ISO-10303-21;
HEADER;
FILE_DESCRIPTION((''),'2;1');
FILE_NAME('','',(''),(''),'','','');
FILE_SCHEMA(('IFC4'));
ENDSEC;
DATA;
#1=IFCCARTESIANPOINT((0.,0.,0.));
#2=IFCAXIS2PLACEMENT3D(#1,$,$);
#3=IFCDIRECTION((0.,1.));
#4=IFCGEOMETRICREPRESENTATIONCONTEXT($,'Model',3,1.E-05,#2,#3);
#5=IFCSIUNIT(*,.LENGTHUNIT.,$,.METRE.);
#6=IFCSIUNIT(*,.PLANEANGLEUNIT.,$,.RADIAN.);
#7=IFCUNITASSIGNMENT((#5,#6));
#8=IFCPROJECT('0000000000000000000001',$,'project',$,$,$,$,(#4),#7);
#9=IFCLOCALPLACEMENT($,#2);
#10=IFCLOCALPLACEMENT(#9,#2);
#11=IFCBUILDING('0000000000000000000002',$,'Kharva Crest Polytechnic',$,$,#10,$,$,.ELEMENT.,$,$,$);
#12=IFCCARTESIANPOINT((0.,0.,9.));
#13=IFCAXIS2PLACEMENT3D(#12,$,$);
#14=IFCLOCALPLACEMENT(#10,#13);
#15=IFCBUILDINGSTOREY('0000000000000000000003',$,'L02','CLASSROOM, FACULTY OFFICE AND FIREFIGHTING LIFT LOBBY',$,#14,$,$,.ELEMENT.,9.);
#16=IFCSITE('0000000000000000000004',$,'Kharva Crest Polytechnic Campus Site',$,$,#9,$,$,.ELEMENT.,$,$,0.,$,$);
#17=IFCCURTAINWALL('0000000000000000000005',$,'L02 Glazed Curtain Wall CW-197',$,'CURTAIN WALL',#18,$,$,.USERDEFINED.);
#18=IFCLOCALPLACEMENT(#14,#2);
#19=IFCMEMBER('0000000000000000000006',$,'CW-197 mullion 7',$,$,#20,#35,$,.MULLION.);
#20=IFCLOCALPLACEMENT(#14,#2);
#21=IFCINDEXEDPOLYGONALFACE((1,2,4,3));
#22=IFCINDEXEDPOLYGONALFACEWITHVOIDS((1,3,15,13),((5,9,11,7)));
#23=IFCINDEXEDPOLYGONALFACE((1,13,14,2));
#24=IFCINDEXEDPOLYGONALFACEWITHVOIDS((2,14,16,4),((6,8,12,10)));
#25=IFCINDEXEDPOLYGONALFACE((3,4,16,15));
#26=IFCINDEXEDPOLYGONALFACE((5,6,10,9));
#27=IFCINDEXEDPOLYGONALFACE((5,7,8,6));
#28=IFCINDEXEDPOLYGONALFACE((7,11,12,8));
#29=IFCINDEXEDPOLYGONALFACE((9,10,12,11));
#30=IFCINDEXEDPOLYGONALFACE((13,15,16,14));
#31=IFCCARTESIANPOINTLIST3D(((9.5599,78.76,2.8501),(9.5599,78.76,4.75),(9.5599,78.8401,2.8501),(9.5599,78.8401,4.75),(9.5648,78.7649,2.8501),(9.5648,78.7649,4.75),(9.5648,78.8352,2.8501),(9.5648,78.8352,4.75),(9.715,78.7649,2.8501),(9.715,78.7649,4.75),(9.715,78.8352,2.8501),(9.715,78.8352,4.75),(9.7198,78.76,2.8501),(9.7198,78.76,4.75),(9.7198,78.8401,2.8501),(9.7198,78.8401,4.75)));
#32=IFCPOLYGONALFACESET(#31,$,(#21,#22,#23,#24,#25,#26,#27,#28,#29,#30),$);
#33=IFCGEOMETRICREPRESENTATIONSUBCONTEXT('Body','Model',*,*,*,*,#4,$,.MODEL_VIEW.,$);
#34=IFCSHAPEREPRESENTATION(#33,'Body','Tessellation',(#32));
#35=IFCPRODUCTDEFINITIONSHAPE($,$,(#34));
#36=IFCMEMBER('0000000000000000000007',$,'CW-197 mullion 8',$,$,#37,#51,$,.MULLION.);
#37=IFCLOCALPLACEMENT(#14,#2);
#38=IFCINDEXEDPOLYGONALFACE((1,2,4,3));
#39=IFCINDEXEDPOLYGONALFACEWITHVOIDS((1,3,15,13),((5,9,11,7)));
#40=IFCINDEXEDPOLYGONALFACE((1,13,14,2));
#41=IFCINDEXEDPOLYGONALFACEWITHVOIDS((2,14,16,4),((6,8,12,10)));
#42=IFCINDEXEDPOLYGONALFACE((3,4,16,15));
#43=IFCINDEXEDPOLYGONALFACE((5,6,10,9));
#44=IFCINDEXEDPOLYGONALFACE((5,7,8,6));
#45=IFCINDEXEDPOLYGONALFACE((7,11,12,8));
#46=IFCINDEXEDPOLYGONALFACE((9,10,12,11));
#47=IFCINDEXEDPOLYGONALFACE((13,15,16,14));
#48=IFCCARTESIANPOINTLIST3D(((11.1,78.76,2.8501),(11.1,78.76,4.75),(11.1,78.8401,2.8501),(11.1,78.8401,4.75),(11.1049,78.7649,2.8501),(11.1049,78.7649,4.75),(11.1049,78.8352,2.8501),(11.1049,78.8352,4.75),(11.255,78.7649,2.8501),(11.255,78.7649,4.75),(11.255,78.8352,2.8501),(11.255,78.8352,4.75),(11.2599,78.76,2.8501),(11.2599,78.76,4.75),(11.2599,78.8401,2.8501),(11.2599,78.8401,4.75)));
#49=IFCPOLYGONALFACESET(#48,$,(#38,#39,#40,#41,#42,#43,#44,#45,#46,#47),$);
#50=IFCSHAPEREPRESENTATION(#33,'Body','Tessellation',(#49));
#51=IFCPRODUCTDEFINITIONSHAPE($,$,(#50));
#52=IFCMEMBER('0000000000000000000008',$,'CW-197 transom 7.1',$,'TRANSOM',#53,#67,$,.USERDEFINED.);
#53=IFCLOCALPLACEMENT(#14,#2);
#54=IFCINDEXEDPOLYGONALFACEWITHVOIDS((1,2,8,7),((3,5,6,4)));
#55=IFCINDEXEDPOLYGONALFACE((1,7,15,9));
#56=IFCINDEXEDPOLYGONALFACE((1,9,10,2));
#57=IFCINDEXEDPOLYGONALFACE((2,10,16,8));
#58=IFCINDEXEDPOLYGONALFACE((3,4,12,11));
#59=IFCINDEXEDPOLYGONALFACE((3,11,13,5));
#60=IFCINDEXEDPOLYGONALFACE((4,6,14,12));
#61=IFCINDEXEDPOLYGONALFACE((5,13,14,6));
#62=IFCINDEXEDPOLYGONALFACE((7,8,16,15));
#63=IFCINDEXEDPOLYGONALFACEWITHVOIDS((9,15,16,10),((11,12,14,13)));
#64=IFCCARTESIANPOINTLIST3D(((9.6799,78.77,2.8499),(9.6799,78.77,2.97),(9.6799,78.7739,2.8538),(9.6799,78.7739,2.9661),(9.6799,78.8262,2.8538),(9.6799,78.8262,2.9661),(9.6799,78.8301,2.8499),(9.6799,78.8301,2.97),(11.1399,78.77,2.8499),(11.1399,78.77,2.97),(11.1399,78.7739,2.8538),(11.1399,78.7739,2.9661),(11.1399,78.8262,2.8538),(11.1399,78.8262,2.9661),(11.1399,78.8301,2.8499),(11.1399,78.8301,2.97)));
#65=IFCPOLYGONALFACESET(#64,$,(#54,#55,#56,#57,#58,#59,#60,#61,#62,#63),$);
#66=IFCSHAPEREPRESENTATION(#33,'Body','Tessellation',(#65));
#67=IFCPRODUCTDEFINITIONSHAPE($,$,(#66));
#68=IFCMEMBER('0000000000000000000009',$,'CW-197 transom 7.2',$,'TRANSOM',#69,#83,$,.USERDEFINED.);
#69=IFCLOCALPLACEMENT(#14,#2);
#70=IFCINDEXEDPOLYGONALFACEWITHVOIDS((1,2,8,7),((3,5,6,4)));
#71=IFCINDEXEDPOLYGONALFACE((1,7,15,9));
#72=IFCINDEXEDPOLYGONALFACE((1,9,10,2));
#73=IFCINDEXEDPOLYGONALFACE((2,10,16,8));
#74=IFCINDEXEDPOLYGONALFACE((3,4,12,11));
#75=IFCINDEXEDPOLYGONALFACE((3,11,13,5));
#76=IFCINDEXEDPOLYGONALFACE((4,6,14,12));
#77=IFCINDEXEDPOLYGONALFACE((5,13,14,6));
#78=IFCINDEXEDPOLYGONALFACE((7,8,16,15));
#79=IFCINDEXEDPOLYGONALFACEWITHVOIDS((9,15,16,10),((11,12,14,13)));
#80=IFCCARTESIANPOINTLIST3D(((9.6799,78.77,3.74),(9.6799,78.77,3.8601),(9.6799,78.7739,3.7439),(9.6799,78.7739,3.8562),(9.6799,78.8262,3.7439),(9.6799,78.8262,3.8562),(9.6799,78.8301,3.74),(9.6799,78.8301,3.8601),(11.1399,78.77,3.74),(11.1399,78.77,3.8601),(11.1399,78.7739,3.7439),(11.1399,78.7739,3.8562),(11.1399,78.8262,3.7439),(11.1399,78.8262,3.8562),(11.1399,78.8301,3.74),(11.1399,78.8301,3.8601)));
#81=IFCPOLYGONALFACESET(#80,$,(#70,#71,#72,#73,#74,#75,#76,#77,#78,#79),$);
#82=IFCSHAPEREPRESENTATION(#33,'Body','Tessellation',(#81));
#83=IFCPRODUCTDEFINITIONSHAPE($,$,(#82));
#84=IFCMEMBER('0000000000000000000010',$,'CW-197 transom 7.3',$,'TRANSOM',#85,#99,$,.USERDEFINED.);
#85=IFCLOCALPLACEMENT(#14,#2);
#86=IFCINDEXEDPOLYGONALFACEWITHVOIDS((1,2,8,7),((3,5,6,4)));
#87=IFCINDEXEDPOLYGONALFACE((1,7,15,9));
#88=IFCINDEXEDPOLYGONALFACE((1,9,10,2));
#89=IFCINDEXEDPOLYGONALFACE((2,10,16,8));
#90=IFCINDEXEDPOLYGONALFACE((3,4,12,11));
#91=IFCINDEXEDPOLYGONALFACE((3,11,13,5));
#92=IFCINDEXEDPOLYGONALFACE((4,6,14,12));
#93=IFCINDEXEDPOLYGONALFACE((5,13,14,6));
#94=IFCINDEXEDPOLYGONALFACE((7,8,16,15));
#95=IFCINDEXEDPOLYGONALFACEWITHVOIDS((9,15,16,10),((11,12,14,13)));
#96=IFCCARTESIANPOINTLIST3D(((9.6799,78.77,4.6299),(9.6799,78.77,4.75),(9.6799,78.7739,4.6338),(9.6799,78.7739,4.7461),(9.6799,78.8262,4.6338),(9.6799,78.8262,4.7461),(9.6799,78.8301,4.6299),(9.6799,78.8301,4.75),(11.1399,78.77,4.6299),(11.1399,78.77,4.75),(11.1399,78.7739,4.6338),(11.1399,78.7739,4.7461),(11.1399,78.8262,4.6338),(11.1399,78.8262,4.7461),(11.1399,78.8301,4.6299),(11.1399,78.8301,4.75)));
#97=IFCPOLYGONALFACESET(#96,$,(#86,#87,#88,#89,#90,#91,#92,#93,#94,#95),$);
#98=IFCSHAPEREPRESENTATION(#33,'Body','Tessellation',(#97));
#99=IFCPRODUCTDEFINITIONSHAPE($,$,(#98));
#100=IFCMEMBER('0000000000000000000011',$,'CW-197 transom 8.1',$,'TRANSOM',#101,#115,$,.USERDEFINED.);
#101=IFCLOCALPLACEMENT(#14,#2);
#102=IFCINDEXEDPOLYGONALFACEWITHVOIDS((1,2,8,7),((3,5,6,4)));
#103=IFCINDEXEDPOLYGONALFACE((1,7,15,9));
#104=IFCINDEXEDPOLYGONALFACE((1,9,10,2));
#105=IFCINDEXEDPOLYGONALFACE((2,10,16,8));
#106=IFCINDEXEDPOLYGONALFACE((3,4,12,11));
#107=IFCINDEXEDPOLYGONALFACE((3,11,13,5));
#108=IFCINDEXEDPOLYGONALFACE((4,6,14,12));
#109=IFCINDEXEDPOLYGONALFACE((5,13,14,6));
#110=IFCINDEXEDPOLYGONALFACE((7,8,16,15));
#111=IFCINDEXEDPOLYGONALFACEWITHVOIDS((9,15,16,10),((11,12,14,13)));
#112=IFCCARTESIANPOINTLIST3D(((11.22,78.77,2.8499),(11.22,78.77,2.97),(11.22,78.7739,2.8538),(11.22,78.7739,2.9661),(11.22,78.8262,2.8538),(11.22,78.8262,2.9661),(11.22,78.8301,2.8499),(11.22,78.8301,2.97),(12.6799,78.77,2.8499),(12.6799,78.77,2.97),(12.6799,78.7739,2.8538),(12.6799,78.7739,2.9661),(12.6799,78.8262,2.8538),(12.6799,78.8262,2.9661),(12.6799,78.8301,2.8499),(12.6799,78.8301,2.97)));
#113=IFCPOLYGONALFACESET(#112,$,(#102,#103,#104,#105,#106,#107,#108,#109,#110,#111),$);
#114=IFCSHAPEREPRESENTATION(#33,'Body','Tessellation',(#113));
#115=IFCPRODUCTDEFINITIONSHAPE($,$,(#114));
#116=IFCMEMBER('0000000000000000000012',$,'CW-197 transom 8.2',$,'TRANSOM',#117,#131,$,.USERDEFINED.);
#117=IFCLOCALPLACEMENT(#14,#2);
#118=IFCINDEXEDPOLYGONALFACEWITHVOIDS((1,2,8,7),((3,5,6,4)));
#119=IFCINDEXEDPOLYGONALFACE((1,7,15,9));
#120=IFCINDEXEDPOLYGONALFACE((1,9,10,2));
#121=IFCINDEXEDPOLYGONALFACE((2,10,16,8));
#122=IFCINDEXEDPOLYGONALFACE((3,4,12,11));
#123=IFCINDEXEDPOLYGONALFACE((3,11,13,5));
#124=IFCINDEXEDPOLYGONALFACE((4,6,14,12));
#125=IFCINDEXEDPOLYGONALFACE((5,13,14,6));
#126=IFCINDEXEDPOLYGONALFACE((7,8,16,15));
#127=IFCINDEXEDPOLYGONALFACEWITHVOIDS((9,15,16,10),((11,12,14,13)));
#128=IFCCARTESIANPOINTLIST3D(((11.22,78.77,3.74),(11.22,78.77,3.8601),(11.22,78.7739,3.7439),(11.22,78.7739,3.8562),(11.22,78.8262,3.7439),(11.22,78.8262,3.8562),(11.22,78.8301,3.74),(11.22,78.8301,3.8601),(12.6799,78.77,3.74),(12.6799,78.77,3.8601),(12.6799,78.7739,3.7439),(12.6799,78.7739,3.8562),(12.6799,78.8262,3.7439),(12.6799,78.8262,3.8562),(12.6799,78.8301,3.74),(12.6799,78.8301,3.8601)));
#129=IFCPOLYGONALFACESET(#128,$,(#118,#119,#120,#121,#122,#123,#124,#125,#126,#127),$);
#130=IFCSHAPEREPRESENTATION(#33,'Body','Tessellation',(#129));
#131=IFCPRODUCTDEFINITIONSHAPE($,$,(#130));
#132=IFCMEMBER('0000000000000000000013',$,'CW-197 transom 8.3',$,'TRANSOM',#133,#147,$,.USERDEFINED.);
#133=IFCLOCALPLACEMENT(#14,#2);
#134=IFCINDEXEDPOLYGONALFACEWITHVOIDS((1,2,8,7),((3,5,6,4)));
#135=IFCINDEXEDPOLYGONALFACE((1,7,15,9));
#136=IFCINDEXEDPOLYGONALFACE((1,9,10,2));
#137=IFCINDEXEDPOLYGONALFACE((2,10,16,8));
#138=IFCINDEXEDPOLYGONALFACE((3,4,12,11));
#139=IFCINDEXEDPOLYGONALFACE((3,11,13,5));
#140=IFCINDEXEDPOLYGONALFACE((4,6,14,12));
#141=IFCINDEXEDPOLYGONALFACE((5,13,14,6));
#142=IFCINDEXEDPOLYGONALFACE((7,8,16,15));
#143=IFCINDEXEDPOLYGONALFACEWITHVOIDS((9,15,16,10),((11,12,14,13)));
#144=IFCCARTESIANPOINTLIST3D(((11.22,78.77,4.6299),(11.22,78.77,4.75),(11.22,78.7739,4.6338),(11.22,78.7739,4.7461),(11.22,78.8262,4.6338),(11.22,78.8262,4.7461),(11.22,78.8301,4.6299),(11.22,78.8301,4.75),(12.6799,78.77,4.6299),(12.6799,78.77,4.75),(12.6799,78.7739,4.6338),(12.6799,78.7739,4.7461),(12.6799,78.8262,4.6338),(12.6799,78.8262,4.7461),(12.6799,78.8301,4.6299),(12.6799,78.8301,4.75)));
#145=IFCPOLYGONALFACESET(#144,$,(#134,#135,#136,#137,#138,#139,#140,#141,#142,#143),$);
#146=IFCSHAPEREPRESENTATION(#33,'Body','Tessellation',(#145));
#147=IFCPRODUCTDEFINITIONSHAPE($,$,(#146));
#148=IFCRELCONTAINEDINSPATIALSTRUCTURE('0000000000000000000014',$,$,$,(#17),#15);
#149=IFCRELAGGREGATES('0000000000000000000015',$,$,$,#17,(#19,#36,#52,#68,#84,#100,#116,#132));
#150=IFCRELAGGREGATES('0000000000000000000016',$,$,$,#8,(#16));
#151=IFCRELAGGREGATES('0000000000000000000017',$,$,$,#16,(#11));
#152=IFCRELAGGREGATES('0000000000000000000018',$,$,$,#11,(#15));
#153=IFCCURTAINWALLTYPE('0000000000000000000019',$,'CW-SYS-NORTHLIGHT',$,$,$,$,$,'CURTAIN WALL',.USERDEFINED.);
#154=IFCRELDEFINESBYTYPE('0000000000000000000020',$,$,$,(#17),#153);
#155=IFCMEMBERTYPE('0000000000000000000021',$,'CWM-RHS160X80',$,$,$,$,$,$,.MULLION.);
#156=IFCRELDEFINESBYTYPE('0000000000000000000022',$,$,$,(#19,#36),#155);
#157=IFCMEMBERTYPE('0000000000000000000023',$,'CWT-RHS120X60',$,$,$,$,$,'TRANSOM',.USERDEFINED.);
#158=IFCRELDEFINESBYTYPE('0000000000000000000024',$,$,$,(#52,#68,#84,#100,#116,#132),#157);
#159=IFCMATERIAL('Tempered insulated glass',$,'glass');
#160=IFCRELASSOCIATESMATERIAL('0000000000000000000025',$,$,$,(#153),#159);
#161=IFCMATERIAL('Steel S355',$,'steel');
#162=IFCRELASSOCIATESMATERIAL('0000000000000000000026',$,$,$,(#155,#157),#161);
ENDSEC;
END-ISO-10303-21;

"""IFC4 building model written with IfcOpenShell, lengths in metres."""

from ifc_helpers import new_model, si_unit, direction, frame, origin, origin_2d, place, context, subcontext, project, spatial, hollow_rectangle, extrude, material, material_profile, profile_set, type_object, element, aggregate, save


model = new_model("IFC4")

# Units and contexts
model_context = context("Model", 3, precision=1e-05, world=origin(), true_north=direction((0.0, 1.0)))
body_context = subcontext(model_context, "Body", "Model", "MODEL_VIEW")
ifc_project = project(units=[si_unit("LENGTHUNIT", "METRE"), si_unit("PLANEANGLEUNIT", "RADIAN")], contexts=[model_context])

# Site, building, storey
site_placement = place(None, origin())
site = spatial("IfcSite", under=ifc_project, at=site_placement, Name="Kharva Crest Polytechnic Campus Site", CompositionType="ELEMENT", RefElevation=0.0)
building_placement = place(site_placement, origin())
building = spatial("IfcBuilding", under=site, at=building_placement, Name="Kharva Crest Polytechnic", CompositionType="ELEMENT")
storey_placement = place(building_placement, frame((0.0, 0.0, 9.0)))
storey = spatial("IfcBuildingStorey", under=building, at=storey_placement, Name="L02", Description="CLASSROOM, FACULTY OFFICE AND FIREFIGHTING LIFT LOBBY", CompositionType="ELEMENT", Elevation=9.0)

# Curtain wall, members
ifc_material_1 = material(Name="Tempered insulated glass", Category="glass")
curtain_wall_type = type_object("IfcCurtainWallType", Name="CW-SYS-NORTHLIGHT", ElementType="CURTAIN WALL", PredefinedType="USERDEFINED", material=ifc_material_1)
curtain_wall_placement = place(storey_placement, origin())
curtain_wall = element("IfcCurtainWall", 1, at=curtain_wall_placement, inside=storey, type_object=curtain_wall_type, Name="L02 Glazed Curtain Wall CW-197", ObjectType="CURTAIN WALL", PredefinedType="USERDEFINED")
ifc_material_2 = material(Name="Steel S355", Category="steel")
ifc_material_profile_1 = material_profile(ifc_material_2, hollow_rectangle(XDim=0.0801, YDim=0.1599, WallThickness=0.0049, at=origin_2d()), Name="RHS 160X80X5.0")
ifc_profile_set_1 = profile_set([ifc_material_profile_1], Name="Steel S355")
member_type_1 = type_object("IfcMemberType", Name="CWM-RHS160X80", PredefinedType="MULLION", material=ifc_profile_set_1)
member_1_placement = place(storey_placement, frame((9.6399, 78.8, 2.8501), z_axis=(0.0, 0.0, 1.0), x_axis=(0.0, 1.0, 0.0)))
member_1 = element("IfcMember", 2, at=member_1_placement, type_object=member_type_1, Name="CW-197 mullion 7", PredefinedType="MULLION", context=body_context, shape_type="SweptSolid", body=[
    extrude(hollow_rectangle(XDim=0.0801, YDim=0.1599, WallThickness=0.0049, at=origin_2d()), origin(), (0.0, 0.0, 1.0), 1.8999),
])
member_2_placement = place(storey_placement, frame((11.1799, 78.8, 2.8501), z_axis=(0.0, 0.0, 1.0), x_axis=(0.0, 1.0, 0.0)))
member_2 = element("IfcMember", 3, at=member_2_placement, type_object=member_type_1, Name="CW-197 mullion 8", PredefinedType="MULLION", context=body_context, shape_type="SweptSolid", body=[
    extrude(hollow_rectangle(XDim=0.0801, YDim=0.1599, WallThickness=0.0049, at=origin_2d()), origin(), (0.0, 0.0, 1.0), 1.8999),
])
ifc_material_profile_2 = material_profile(ifc_material_2, hollow_rectangle(XDim=0.0601, YDim=0.1201, WallThickness=0.0039, at=origin_2d()), Name="RHS 120X60X4.0")
ifc_profile_set_2 = profile_set([ifc_material_profile_2], Name="Steel S355")
member_type_2 = type_object("IfcMemberType", Name="CWT-RHS120X60", ElementType="TRANSOM", PredefinedType="USERDEFINED", material=ifc_profile_set_2)
member_3_placement = place(storey_placement, frame((9.6799, 78.8, 2.9099), z_axis=(1.0, 0.0, 0.0), x_axis=(0.0, 1.0, 0.0)))
member_3 = element("IfcMember", 4, at=member_3_placement, type_object=member_type_2, Name="CW-197 transom 7.1", ObjectType="TRANSOM", PredefinedType="USERDEFINED", context=body_context, shape_type="SweptSolid", body=[
    extrude(hollow_rectangle(XDim=0.0601, YDim=0.1201, WallThickness=0.0039, at=origin_2d()), origin(), (0.0, 0.0, 1.0), 1.46),
])
member_4_placement = place(storey_placement, frame((9.6799, 78.8, 3.8), z_axis=(1.0, 0.0, 0.0), x_axis=(0.0, 1.0, 0.0)))
member_4 = element("IfcMember", 5, at=member_4_placement, type_object=member_type_2, Name="CW-197 transom 7.2", ObjectType="TRANSOM", PredefinedType="USERDEFINED", context=body_context, shape_type="SweptSolid", body=[
    extrude(hollow_rectangle(XDim=0.0601, YDim=0.1201, WallThickness=0.0039, at=origin_2d()), origin(), (0.0, 0.0, 1.0), 1.46),
])
member_5_placement = place(storey_placement, frame((9.6799, 78.8, 4.6899), z_axis=(1.0, 0.0, 0.0), x_axis=(0.0, 1.0, 0.0)))
member_5 = element("IfcMember", 6, at=member_5_placement, type_object=member_type_2, Name="CW-197 transom 7.3", ObjectType="TRANSOM", PredefinedType="USERDEFINED", context=body_context, shape_type="SweptSolid", body=[
    extrude(hollow_rectangle(XDim=0.0601, YDim=0.1201, WallThickness=0.0039, at=origin_2d()), origin(), (0.0, 0.0, 1.0), 1.46),
])
member_6_placement = place(storey_placement, frame((11.22, 78.8, 2.9099), z_axis=(1.0, 0.0, 0.0), x_axis=(0.0, 1.0, 0.0)))
member_6 = element("IfcMember", 7, at=member_6_placement, type_object=member_type_2, Name="CW-197 transom 8.1", ObjectType="TRANSOM", PredefinedType="USERDEFINED", context=body_context, shape_type="SweptSolid", body=[
    extrude(hollow_rectangle(XDim=0.0601, YDim=0.1201, WallThickness=0.0039, at=origin_2d()), origin(), (0.0, 0.0, 1.0), 1.46),
])
member_7_placement = place(storey_placement, frame((11.22, 78.8, 3.8), z_axis=(1.0, 0.0, 0.0), x_axis=(0.0, 1.0, 0.0)))
member_7 = element("IfcMember", 8, at=member_7_placement, type_object=member_type_2, Name="CW-197 transom 8.2", ObjectType="TRANSOM", PredefinedType="USERDEFINED", context=body_context, shape_type="SweptSolid", body=[
    extrude(hollow_rectangle(XDim=0.0601, YDim=0.1201, WallThickness=0.0039, at=origin_2d()), origin(), (0.0, 0.0, 1.0), 1.46),
])
member_8_placement = place(storey_placement, frame((11.22, 78.8, 4.6899), z_axis=(1.0, 0.0, 0.0), x_axis=(0.0, 1.0, 0.0)))
member_8 = element("IfcMember", 9, at=member_8_placement, type_object=member_type_2, Name="CW-197 transom 8.3", ObjectType="TRANSOM", PredefinedType="USERDEFINED", context=body_context, shape_type="SweptSolid", body=[
    extrude(hollow_rectangle(XDim=0.0601, YDim=0.1201, WallThickness=0.0039, at=origin_2d()), origin(), (0.0, 0.0, 1.0), 1.46),
])

aggregate(curtain_wall, [member_1, member_2, member_3, member_4, member_5, member_6, member_7, member_8])

save(model, "model.ifc")
